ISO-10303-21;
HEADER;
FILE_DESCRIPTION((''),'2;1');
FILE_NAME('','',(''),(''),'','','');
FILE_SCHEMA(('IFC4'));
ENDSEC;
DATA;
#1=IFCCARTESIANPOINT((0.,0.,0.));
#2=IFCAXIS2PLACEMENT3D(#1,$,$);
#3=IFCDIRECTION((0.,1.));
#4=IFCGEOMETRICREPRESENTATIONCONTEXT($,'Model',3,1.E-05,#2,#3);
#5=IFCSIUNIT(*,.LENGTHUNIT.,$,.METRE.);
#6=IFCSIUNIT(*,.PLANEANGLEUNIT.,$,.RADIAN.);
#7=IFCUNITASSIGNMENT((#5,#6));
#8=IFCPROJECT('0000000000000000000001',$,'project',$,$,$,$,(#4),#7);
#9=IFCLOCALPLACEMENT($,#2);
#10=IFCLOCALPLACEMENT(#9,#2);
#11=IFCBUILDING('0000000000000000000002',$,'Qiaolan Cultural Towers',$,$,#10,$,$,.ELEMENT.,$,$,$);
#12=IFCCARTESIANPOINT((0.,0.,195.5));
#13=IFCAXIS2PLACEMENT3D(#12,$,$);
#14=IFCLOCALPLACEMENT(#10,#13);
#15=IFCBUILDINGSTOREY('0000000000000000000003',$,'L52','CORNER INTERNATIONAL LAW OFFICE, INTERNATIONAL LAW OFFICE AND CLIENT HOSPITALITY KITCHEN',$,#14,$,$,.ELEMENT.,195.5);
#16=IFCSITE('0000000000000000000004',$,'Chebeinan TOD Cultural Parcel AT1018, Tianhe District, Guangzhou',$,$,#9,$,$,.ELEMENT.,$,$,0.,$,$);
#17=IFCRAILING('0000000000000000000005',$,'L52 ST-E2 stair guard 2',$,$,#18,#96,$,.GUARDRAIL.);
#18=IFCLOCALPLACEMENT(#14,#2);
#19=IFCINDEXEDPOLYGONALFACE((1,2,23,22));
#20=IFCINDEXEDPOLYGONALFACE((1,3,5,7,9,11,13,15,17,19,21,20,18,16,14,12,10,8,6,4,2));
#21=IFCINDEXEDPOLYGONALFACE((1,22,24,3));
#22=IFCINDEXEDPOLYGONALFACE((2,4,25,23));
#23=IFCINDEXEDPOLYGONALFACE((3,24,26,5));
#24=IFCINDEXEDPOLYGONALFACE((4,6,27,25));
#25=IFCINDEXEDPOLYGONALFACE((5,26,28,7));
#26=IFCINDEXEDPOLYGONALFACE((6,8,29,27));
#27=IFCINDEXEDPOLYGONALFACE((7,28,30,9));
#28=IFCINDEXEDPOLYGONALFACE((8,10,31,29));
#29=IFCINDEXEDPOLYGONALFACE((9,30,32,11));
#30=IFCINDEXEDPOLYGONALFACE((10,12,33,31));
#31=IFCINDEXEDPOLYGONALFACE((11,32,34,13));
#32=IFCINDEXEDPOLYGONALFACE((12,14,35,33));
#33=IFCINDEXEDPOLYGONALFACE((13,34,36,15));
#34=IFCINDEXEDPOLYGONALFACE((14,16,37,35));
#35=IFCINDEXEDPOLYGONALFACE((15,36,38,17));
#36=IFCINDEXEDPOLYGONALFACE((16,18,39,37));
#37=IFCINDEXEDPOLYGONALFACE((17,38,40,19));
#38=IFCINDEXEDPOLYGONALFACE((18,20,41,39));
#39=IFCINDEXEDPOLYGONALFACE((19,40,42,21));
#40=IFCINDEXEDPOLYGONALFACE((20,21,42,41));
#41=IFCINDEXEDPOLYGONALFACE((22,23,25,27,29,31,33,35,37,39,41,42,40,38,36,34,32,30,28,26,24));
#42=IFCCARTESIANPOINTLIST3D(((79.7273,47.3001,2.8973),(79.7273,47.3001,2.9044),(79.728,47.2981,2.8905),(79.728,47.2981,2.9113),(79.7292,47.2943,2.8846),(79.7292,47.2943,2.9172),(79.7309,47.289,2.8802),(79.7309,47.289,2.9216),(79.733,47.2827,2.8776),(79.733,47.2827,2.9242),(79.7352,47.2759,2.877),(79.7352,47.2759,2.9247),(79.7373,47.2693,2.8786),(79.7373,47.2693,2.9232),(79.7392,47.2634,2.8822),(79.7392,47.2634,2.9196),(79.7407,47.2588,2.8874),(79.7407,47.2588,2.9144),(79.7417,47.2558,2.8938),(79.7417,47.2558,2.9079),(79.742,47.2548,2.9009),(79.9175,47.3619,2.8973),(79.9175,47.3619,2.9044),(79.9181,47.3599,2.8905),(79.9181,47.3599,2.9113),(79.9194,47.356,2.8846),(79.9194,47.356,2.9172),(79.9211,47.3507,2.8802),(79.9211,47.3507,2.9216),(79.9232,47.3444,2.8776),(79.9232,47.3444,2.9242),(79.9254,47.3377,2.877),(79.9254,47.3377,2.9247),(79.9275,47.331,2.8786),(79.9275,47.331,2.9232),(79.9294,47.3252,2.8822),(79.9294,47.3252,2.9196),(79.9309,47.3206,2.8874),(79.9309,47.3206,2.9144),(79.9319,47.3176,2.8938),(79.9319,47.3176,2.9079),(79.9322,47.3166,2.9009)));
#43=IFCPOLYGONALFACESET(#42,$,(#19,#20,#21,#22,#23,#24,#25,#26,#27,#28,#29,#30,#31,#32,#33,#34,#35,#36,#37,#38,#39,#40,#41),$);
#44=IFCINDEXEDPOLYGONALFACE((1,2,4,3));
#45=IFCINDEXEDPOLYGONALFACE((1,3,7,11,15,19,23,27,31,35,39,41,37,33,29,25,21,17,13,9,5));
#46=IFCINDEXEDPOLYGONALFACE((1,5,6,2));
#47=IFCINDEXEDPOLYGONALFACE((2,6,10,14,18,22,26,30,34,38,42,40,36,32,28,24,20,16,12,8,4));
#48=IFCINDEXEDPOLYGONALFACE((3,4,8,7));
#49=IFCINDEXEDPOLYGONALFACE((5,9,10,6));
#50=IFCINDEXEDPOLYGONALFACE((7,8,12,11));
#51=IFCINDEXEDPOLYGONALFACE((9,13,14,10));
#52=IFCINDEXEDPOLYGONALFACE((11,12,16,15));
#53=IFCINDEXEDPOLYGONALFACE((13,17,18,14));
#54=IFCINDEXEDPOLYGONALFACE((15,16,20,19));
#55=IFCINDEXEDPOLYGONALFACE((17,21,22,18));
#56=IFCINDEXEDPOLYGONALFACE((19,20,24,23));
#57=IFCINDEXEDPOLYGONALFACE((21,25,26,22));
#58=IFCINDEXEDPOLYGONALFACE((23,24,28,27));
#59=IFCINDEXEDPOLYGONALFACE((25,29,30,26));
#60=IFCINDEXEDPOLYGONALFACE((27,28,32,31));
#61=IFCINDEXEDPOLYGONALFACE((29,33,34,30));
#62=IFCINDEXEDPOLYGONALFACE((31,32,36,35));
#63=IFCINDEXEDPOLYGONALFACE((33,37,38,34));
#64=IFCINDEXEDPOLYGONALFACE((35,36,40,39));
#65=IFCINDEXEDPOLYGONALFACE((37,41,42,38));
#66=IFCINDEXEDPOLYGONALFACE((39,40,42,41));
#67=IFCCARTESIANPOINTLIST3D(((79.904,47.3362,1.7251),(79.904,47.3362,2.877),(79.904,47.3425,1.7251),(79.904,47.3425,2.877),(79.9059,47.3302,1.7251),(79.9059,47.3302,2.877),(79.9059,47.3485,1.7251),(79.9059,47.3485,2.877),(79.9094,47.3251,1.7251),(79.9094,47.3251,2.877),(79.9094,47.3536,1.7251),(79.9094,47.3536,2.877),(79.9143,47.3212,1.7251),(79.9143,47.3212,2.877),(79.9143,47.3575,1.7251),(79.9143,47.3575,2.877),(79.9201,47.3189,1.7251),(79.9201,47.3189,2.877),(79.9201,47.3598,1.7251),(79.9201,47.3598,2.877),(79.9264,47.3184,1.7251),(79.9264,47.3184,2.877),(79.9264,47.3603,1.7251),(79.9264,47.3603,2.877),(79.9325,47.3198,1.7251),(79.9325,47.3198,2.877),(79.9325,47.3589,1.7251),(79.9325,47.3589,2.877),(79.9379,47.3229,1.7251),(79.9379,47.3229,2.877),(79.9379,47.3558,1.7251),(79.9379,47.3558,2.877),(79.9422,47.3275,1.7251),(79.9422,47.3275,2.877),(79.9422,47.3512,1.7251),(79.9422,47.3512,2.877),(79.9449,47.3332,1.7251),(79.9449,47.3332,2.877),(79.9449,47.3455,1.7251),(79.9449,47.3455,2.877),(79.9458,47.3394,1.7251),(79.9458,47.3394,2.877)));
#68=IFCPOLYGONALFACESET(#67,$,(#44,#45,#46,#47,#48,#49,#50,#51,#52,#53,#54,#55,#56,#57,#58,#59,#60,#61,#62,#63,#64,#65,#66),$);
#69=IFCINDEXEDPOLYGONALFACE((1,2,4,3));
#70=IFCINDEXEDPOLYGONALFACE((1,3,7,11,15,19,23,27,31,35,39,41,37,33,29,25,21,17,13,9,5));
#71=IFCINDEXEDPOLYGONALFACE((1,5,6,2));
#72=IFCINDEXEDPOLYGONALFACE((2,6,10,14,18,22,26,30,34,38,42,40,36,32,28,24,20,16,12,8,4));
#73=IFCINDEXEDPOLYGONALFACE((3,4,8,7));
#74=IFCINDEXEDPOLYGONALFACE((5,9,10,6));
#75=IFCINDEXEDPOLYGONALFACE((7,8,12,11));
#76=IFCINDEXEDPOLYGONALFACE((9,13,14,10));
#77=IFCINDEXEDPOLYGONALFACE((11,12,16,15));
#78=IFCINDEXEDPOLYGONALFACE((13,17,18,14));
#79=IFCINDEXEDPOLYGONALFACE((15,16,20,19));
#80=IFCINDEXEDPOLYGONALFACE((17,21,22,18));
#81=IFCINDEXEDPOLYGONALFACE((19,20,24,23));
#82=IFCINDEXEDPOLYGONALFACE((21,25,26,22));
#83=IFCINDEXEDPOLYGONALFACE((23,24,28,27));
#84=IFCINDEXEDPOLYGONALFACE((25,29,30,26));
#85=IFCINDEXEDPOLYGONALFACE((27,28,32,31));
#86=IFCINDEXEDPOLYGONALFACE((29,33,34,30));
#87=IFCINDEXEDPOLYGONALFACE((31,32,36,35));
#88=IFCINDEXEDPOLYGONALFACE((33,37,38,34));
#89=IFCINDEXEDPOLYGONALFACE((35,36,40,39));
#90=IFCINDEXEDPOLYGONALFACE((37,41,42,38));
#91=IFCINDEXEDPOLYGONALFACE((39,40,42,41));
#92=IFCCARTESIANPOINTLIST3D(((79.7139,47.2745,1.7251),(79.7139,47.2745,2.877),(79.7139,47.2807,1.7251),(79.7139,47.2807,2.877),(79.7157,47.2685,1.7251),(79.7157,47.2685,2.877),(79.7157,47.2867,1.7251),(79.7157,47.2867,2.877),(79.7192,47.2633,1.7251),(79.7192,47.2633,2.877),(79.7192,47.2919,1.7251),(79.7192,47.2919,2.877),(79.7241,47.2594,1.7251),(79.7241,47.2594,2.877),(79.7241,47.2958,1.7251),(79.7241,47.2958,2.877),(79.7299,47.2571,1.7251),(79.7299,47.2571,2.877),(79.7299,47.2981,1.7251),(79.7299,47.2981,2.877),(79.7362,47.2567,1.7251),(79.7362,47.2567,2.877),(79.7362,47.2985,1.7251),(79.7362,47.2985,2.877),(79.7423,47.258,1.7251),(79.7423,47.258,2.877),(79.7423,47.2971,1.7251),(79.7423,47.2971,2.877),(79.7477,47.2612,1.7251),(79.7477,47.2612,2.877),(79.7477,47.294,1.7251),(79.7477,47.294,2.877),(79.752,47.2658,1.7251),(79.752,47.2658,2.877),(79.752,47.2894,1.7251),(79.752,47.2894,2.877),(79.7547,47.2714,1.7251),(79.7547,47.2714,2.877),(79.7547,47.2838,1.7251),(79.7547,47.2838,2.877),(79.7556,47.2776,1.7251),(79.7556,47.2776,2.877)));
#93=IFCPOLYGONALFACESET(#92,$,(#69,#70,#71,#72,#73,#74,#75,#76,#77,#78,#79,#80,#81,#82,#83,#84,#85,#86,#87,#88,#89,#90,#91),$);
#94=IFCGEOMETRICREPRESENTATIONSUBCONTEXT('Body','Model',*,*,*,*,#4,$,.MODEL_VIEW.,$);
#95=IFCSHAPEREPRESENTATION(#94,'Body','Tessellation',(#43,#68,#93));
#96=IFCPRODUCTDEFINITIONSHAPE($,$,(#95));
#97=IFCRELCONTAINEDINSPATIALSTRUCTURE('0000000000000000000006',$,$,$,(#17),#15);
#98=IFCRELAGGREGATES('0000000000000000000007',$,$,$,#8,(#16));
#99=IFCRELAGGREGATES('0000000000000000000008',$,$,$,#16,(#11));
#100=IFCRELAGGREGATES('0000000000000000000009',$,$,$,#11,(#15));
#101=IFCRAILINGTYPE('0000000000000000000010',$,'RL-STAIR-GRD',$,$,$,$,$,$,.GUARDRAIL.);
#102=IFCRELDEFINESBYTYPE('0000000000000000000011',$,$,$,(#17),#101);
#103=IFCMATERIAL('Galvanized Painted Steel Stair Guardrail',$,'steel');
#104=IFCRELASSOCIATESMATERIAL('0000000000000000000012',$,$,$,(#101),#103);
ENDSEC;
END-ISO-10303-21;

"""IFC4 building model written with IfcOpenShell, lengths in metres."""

from ifc_helpers import new_model, si_unit, direction, frame, origin, origin_2d, place, context, subcontext, project, spatial, circle, extrude, material, type_object, element, save


model = new_model("IFC4")

# Units and contexts
model_context = context("Model", 3, precision=1e-05, world=origin(), true_north=direction((0.0, 1.0)))
body_context = subcontext(model_context, "Body", "Model", "MODEL_VIEW")
ifc_project = project(units=[si_unit("LENGTHUNIT", "METRE"), si_unit("PLANEANGLEUNIT", "RADIAN")], contexts=[model_context])

# Site, building, storey
site_placement = place(None, origin())
site = spatial("IfcSite", under=ifc_project, at=site_placement, Name="Chebeinan TOD Cultural Parcel AT1018, Tianhe District, Guangzhou", CompositionType="ELEMENT", RefElevation=0.0)
building_placement = place(site_placement, origin())
building = spatial("IfcBuilding", under=site, at=building_placement, Name="Qiaolan Cultural Towers", CompositionType="ELEMENT")
storey_placement = place(building_placement, frame((0.0, 0.0, 195.5)))
storey = spatial("IfcBuildingStorey", under=building, at=storey_placement, Name="L52", Description="CORNER INTERNATIONAL LAW OFFICE, INTERNATIONAL LAW OFFICE AND CLIENT HOSPITALITY KITCHEN", CompositionType="ELEMENT", Elevation=195.5)

# Railing
ifc_material_1 = material(Name="Galvanized Painted Steel Stair Guardrail", Category="steel")
railing_type_1 = type_object("IfcRailingType", Name="RL-STAIR-GRD", PredefinedType="GUARDRAIL", material=ifc_material_1)
railing_1_placement = place(storey_placement, frame((79.9248, 47.3394, 1.7251)))
element("IfcRailing", 1, at=railing_1_placement, inside=storey, type_object=railing_type_1, Name="L52 ST-E2 stair guard 2", PredefinedType="GUARDRAIL", context=body_context, shape_type="SweptSolid", body=[
    extrude(circle(Radius=0.0239, at=origin_2d()), frame((0.0, 0.0, 1.1758), z_axis=(-0.951097, -0.308893, 0.0), x_axis=(0.308893, -0.951097, 0.0)), (0.0, 0.0, 1.0), 0.2),
    extrude(circle(Radius=0.021, at=origin_2d()), origin(), (0.0, 0.0, 1.0), 1.1519),
    extrude(circle(Radius=0.021, at=origin_2d()), frame((-0.1902, -0.0618, 0.0)), (0.0, 0.0, 1.0), 1.1519),
])

save(model, "model.ifc")
